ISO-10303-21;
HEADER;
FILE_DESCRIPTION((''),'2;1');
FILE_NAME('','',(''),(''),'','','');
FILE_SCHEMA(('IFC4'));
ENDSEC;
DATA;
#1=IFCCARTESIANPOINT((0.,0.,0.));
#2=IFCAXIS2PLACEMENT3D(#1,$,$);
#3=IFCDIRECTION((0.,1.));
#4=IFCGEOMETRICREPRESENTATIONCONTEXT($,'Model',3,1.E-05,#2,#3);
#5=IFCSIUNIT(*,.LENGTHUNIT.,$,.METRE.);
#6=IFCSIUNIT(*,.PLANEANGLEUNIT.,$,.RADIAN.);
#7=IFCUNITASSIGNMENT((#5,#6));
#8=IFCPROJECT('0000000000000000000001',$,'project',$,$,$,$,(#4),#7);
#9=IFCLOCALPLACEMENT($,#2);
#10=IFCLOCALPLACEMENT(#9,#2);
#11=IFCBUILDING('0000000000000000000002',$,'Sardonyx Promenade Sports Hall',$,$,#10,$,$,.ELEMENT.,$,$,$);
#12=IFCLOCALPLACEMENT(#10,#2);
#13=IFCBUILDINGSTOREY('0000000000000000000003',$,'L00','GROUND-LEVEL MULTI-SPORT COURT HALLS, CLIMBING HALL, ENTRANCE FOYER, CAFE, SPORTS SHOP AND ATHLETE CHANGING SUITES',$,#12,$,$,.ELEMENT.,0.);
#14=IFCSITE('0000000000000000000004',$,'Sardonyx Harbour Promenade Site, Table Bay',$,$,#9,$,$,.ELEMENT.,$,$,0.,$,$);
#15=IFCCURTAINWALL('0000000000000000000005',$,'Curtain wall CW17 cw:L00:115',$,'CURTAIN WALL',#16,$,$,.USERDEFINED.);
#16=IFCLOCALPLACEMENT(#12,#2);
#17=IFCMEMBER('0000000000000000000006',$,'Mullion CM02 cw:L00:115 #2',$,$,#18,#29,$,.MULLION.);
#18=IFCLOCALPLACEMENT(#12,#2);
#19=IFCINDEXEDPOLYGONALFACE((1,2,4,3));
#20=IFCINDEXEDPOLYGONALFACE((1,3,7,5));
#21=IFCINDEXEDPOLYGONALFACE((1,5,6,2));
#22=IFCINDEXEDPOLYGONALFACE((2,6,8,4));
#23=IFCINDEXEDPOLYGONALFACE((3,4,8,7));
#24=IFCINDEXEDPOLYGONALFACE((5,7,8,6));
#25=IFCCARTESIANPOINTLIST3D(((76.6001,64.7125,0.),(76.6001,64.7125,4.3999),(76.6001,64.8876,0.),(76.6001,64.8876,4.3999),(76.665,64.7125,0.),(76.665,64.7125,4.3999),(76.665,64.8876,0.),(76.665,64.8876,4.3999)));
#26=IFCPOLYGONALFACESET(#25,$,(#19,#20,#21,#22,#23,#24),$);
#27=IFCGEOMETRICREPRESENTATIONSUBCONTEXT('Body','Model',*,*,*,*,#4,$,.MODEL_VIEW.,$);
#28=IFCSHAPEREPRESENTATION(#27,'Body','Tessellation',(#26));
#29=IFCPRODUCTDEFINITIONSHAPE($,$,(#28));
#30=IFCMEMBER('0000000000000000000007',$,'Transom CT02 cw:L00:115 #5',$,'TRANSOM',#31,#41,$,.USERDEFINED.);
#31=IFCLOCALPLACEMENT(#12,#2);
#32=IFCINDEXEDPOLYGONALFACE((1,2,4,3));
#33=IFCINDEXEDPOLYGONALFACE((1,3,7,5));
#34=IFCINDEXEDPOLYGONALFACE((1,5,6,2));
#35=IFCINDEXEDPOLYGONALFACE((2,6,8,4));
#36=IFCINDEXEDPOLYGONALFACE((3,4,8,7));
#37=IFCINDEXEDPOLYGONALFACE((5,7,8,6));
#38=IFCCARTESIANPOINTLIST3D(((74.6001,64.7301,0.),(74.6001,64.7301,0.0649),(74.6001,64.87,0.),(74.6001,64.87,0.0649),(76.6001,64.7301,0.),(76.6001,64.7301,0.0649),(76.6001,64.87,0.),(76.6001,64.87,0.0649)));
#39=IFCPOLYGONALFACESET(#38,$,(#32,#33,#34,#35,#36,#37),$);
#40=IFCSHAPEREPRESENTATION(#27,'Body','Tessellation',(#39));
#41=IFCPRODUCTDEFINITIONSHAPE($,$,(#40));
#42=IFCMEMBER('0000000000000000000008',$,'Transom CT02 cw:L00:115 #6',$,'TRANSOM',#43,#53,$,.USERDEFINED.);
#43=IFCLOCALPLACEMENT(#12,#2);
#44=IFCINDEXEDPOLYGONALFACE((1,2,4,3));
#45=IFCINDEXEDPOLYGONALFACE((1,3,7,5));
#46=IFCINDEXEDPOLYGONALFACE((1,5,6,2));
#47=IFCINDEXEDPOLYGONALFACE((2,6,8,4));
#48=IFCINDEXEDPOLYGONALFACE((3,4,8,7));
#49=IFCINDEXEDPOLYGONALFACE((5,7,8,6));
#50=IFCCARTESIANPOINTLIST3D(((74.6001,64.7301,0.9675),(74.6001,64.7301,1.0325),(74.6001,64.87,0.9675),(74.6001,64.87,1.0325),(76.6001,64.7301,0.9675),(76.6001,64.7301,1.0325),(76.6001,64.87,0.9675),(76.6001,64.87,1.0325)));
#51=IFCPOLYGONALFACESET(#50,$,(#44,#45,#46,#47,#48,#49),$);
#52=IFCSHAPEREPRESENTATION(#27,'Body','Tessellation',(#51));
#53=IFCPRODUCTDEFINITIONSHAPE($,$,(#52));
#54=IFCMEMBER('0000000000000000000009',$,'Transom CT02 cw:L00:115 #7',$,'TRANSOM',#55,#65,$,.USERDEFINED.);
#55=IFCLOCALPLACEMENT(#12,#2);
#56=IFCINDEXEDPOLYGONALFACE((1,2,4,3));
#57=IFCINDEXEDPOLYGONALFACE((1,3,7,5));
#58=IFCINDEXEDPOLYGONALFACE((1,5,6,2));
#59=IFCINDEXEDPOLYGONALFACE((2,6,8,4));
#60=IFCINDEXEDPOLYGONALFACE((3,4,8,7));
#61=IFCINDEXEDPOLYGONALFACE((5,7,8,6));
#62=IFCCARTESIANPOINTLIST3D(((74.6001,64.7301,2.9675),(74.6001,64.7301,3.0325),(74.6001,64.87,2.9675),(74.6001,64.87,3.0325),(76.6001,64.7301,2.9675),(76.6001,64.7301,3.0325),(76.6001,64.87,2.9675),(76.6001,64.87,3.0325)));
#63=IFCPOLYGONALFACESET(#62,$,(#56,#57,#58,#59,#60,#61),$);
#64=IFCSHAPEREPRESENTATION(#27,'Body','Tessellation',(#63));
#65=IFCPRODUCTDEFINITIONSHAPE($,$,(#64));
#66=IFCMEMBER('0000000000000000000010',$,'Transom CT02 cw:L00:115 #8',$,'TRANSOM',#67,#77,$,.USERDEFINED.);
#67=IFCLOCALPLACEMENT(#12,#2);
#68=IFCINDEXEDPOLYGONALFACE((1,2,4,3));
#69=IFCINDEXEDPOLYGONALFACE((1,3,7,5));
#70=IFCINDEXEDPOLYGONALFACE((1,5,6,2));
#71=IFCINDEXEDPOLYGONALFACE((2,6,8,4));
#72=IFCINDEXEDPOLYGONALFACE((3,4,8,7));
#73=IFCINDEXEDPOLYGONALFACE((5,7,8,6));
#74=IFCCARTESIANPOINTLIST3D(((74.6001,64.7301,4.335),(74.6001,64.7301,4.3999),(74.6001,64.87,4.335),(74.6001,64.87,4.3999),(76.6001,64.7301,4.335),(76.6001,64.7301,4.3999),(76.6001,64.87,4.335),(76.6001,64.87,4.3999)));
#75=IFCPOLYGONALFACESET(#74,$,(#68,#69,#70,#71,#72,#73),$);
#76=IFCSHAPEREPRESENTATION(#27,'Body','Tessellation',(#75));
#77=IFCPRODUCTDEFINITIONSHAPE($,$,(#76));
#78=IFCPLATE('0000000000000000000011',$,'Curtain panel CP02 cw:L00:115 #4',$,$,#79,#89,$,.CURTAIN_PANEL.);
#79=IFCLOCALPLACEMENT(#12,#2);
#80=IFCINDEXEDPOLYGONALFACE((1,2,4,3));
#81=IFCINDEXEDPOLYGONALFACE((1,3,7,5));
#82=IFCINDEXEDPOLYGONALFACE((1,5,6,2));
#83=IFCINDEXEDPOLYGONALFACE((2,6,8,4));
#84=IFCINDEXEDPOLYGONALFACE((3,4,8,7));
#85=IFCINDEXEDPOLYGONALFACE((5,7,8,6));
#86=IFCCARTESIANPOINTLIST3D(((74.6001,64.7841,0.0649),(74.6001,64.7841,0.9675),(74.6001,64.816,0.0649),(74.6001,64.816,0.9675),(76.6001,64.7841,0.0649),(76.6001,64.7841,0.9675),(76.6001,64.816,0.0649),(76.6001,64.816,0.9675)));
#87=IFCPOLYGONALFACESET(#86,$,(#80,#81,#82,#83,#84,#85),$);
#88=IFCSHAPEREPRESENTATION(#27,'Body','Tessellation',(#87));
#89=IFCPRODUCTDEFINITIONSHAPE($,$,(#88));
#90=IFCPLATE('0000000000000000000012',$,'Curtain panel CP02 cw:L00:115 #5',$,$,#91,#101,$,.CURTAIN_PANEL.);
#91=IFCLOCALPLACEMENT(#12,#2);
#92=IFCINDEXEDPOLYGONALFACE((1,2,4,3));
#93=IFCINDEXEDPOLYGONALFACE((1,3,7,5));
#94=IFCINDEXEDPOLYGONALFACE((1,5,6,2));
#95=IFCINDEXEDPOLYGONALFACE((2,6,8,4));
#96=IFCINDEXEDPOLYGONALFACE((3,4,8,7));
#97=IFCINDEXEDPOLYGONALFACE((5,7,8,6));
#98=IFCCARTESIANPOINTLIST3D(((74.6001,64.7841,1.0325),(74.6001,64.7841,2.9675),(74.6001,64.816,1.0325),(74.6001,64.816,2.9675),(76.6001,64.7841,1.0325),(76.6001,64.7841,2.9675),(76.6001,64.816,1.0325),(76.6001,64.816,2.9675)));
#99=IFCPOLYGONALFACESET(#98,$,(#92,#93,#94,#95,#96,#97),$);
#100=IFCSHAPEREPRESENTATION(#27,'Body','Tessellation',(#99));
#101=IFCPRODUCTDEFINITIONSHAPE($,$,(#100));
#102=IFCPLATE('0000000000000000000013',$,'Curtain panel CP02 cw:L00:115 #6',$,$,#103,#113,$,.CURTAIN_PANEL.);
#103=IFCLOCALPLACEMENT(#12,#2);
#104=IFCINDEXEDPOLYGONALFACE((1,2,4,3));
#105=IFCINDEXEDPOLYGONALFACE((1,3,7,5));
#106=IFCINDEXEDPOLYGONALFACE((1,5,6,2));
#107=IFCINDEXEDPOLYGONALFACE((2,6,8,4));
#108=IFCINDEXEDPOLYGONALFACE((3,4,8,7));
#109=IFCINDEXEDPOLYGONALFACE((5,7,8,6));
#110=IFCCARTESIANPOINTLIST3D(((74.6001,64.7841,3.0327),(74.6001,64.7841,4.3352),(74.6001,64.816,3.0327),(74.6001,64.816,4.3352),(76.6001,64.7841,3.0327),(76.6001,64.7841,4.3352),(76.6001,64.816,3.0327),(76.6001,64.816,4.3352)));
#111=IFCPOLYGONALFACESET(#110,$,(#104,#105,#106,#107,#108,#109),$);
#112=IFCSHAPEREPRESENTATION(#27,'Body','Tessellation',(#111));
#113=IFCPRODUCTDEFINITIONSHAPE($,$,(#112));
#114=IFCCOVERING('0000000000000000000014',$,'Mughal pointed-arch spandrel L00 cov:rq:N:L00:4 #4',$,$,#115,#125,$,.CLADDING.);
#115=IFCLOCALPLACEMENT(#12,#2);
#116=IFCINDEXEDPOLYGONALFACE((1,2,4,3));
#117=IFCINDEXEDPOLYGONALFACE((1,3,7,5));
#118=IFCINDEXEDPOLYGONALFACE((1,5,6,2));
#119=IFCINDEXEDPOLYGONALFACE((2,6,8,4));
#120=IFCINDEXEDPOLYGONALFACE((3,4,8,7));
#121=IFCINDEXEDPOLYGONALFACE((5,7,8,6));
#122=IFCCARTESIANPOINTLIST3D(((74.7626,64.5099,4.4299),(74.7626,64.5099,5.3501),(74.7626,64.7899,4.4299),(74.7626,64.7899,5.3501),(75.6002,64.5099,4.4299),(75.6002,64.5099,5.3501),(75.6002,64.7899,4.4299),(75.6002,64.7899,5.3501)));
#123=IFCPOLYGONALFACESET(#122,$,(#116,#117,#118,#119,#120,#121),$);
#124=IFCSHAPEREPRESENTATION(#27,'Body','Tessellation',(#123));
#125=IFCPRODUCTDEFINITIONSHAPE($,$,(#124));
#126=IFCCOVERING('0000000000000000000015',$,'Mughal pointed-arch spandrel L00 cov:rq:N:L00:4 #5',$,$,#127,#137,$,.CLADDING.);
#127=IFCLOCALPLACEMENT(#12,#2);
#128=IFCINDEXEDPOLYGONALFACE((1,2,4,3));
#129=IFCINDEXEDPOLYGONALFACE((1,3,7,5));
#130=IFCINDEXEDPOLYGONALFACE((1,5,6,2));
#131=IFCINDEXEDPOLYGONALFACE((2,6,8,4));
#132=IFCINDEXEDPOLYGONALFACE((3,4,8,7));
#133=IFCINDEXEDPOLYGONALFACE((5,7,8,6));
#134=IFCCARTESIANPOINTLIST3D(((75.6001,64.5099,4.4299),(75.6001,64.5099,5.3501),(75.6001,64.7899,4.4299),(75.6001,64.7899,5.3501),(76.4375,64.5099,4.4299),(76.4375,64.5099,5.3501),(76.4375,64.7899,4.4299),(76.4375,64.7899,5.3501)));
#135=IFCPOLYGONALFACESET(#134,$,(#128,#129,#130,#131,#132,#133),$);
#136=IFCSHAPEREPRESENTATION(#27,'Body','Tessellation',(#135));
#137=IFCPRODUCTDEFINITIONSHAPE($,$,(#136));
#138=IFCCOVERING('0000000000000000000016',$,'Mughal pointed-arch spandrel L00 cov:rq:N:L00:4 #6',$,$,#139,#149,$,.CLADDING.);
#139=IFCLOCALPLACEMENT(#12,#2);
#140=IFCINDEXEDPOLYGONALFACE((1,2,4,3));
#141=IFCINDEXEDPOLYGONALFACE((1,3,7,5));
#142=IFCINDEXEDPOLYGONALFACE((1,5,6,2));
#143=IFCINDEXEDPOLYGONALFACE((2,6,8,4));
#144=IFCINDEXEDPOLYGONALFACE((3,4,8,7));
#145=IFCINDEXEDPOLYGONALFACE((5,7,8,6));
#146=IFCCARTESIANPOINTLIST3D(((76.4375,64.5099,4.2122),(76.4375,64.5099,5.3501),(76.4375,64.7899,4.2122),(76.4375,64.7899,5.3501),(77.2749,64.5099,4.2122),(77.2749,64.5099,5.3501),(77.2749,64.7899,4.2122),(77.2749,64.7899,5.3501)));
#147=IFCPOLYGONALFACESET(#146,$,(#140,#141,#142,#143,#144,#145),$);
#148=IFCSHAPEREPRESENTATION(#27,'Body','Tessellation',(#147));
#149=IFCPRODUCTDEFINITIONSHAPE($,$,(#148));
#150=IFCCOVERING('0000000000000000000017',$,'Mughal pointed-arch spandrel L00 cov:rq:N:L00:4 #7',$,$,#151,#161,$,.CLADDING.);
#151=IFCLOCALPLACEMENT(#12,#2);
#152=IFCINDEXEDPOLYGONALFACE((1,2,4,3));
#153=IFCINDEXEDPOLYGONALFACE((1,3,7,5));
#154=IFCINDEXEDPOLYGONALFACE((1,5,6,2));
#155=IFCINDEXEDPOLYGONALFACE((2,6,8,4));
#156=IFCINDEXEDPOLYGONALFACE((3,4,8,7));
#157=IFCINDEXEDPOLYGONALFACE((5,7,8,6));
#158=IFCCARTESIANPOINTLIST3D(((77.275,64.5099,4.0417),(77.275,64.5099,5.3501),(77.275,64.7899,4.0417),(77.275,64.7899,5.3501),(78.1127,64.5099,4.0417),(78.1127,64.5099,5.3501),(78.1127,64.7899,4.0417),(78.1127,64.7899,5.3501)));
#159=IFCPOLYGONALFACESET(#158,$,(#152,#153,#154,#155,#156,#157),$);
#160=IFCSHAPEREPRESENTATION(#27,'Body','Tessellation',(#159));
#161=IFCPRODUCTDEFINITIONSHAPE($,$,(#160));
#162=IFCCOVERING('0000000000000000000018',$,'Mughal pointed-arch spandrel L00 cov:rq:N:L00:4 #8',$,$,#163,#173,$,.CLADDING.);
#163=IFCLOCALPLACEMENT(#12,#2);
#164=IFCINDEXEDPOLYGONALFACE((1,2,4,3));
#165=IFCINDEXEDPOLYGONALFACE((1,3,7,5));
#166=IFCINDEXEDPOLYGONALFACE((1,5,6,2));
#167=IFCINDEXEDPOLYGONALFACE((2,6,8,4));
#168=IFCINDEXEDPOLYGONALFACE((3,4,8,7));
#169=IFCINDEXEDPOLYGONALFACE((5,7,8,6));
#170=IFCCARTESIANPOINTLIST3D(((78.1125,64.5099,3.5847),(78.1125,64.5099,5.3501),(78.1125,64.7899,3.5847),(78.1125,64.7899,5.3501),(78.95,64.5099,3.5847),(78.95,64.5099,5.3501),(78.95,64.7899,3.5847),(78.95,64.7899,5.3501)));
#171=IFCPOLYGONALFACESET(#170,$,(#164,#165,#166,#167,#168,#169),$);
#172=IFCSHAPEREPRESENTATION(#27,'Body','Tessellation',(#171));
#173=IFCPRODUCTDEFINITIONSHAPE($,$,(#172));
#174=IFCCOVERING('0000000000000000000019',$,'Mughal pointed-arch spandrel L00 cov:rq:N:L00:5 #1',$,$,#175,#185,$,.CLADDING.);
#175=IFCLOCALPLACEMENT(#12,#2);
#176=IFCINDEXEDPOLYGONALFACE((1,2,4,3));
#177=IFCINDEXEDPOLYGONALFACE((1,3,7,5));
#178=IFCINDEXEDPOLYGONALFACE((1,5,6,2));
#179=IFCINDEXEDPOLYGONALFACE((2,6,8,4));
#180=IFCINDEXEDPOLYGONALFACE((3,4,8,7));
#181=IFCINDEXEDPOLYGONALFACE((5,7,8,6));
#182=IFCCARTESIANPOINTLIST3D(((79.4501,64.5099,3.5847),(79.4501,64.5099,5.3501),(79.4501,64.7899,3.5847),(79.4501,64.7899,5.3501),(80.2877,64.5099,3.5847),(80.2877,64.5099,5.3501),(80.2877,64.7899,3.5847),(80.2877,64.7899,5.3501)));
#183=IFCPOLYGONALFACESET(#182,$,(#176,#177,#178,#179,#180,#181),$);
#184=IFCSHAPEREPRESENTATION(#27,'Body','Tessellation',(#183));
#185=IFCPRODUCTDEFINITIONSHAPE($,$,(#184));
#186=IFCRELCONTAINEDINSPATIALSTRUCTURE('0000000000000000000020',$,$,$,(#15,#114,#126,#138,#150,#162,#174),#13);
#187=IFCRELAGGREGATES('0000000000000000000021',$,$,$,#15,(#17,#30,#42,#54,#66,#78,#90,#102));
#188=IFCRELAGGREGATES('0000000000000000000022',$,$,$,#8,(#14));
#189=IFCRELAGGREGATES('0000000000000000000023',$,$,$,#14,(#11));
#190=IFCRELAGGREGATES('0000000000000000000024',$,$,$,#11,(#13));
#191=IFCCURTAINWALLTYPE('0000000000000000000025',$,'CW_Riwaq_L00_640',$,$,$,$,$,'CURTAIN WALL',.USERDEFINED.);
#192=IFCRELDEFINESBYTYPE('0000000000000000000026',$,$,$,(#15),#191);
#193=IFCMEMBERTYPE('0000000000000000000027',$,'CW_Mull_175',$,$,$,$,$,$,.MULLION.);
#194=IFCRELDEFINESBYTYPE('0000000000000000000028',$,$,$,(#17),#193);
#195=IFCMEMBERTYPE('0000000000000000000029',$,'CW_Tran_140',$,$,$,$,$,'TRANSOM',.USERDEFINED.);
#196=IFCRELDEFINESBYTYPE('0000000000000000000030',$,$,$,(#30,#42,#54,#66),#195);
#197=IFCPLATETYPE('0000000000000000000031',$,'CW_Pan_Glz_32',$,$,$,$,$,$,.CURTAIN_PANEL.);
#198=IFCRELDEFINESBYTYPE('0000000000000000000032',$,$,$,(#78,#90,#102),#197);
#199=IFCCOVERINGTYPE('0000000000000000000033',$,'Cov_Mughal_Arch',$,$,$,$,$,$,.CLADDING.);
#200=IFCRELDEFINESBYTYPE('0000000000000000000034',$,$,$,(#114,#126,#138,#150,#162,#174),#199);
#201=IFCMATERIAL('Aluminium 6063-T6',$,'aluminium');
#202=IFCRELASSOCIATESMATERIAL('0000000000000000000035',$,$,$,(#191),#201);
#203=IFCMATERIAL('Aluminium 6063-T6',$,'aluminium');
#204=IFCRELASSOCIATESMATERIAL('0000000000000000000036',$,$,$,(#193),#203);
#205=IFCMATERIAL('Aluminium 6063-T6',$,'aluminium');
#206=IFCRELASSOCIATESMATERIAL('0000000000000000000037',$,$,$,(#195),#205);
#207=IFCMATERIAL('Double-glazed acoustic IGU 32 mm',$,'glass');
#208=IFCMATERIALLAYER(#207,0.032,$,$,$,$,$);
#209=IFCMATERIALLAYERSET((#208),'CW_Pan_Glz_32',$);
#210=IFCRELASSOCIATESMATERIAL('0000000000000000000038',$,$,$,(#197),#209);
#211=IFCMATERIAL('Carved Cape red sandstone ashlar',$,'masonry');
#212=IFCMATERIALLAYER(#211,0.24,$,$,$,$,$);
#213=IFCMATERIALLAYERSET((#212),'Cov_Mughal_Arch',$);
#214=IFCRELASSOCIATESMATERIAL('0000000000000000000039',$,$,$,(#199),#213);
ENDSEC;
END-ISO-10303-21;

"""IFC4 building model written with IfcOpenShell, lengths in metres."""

from ifc_helpers import new_model, si_unit, direction, frame, frame_2d, origin, origin_2d, place, context, subcontext, project, spatial, rectangle, extrude, material, layer, layer_set, material_profile, profile_set, type_object, element, aggregate, save


model = new_model("IFC4")

# Units and contexts
model_context = context("Model", 3, precision=1e-05, world=origin(), true_north=direction((0.0, 1.0)))
body_context = subcontext(model_context, "Body", "Model", "MODEL_VIEW")
ifc_project = project(units=[si_unit("LENGTHUNIT", "METRE"), si_unit("PLANEANGLEUNIT", "RADIAN")], contexts=[model_context])

# Site, building, storey
site_placement = place(None, origin())
site = spatial("IfcSite", under=ifc_project, at=site_placement, Name="Sardonyx Harbour Promenade Site, Table Bay", CompositionType="ELEMENT", RefElevation=0.0)
building_placement = place(site_placement, origin())
building = spatial("IfcBuilding", under=site, at=building_placement, Name="Sardonyx Promenade Sports Hall", CompositionType="ELEMENT")
storey_placement = place(building_placement, origin())
storey = spatial("IfcBuildingStorey", under=building, at=storey_placement, Name="L00", Description="GROUND-LEVEL MULTI-SPORT COURT HALLS, CLIMBING HALL, ENTRANCE FOYER, CAFE, SPORTS SHOP AND ATHLETE CHANGING SUITES", CompositionType="ELEMENT", Elevation=0.0)

# Curtain wall, members, plates
ifc_material_1 = material(Name="Aluminium 6063-T6", Category="aluminium")
curtain_wall_type = type_object("IfcCurtainWallType", Name="CW_Riwaq_L00_640", ElementType="CURTAIN WALL", PredefinedType="USERDEFINED", material=ifc_material_1)
curtain_wall_placement = place(storey_placement, origin())
curtain_wall = element("IfcCurtainWall", 1, at=curtain_wall_placement, inside=storey, type_object=curtain_wall_type, Name="Curtain wall CW17 cw:L00:115", ObjectType="CURTAIN WALL", PredefinedType="USERDEFINED")
ifc_material_2 = material(Name="Aluminium 6063-T6", Category="aluminium")
ifc_material_profile_1 = material_profile(ifc_material_2, rectangle(XDim=0.0649, YDim=0.175, at=origin_2d()))
ifc_profile_set_1 = profile_set([ifc_material_profile_1], Name="Aluminium 6063-T6")
member_type_1 = type_object("IfcMemberType", Name="CW_Mull_175", PredefinedType="MULLION", material=ifc_profile_set_1)
member_1_placement = place(storey_placement, frame((76.6326, 64.8, 0.0), z_axis=(0.0, 0.0, 1.0), x_axis=(-1.0, 0.0, 0.0)))
member_1 = element("IfcMember", 2, at=member_1_placement, type_object=member_type_1, Name="Mullion CM02 cw:L00:115 #2", PredefinedType="MULLION", context=body_context, shape_type="SweptSolid", body=[
    extrude(rectangle(XDim=0.0649, YDim=0.175, at=origin_2d()), origin(), (0.0, 0.0, 1.0), 4.3999),
])
ifc_material_3 = material(Name="Aluminium 6063-T6", Category="aluminium")
ifc_material_profile_2 = material_profile(ifc_material_3, rectangle(XDim=0.0649, YDim=0.1399, at=origin_2d()))
ifc_profile_set_2 = profile_set([ifc_material_profile_2], Name="Aluminium 6063-T6")
member_type_2 = type_object("IfcMemberType", Name="CW_Tran_140", ElementType="TRANSOM", PredefinedType="USERDEFINED", material=ifc_profile_set_2)
member_2_placement = place(storey_placement, frame((76.6001, 64.8, 0.0325), z_axis=(-1.0, 0.0, 0.0), x_axis=(0.0, 0.0, 1.0)))
member_2 = element("IfcMember", 3, at=member_2_placement, type_object=member_type_2, Name="Transom CT02 cw:L00:115 #5", ObjectType="TRANSOM", PredefinedType="USERDEFINED", context=body_context, shape_type="SweptSolid", body=[
    extrude(rectangle(XDim=0.0649, YDim=0.1399, at=origin_2d()), origin(), (0.0, 0.0, 1.0), 2.0),
])
member_3_placement = place(storey_placement, frame((76.6001, 64.8, 1.0), z_axis=(-1.0, 0.0, 0.0), x_axis=(0.0, 0.0, 1.0)))
member_3 = element("IfcMember", 4, at=member_3_placement, type_object=member_type_2, Name="Transom CT02 cw:L00:115 #6", ObjectType="TRANSOM", PredefinedType="USERDEFINED", context=body_context, shape_type="SweptSolid", body=[
    extrude(rectangle(XDim=0.0649, YDim=0.1399, at=origin_2d()), origin(), (0.0, 0.0, 1.0), 2.0),
])
member_4_placement = place(storey_placement, frame((76.6001, 64.8, 3.0), z_axis=(-1.0, 0.0, 0.0), x_axis=(0.0, 0.0, 1.0)))
member_4 = element("IfcMember", 5, at=member_4_placement, type_object=member_type_2, Name="Transom CT02 cw:L00:115 #7", ObjectType="TRANSOM", PredefinedType="USERDEFINED", context=body_context, shape_type="SweptSolid", body=[
    extrude(rectangle(XDim=0.0649, YDim=0.1399, at=origin_2d()), origin(), (0.0, 0.0, 1.0), 2.0),
])
member_5_placement = place(storey_placement, frame((76.6001, 64.8, 4.3674), z_axis=(-1.0, 0.0, 0.0), x_axis=(0.0, 0.0, 1.0)))
member_5 = element("IfcMember", 6, at=member_5_placement, type_object=member_type_2, Name="Transom CT02 cw:L00:115 #8", ObjectType="TRANSOM", PredefinedType="USERDEFINED", context=body_context, shape_type="SweptSolid", body=[
    extrude(rectangle(XDim=0.0649, YDim=0.1399, at=origin_2d()), origin(), (0.0, 0.0, 1.0), 2.0),
])
ifc_material_4 = material(Name="Double-glazed acoustic IGU 32 mm", Category="glass")
ifc_layer_1 = layer(ifc_material_4, 0.032)
ifc_layer_set_1 = layer_set([ifc_layer_1], Name="CW_Pan_Glz_32")
plate_type = type_object("IfcPlateType", Name="CW_Pan_Glz_32", PredefinedType="CURTAIN_PANEL", material=ifc_layer_set_1)
plate_1_placement = place(storey_placement, frame((75.6001, 64.8, 0.0649), z_axis=(0.0, 0.0, 1.0), x_axis=(-1.0, 0.0, 0.0)))
plate_1 = element("IfcPlate", 7, at=plate_1_placement, type_object=plate_type, Name="Curtain panel CP02 cw:L00:115 #4", PredefinedType="CURTAIN_PANEL", context=body_context, shape_type="SweptSolid", body=[
    extrude(rectangle(XDim=2.0, YDim=0.032, at=origin_2d()), origin(), (0.0, 0.0, 1.0), 0.9026),
])
plate_2_placement = place(storey_placement, frame((75.6001, 64.8, 1.0325), z_axis=(0.0, 0.0, 1.0), x_axis=(-1.0, 0.0, 0.0)))
plate_2 = element("IfcPlate", 8, at=plate_2_placement, type_object=plate_type, Name="Curtain panel CP02 cw:L00:115 #5", PredefinedType="CURTAIN_PANEL", context=body_context, shape_type="SweptSolid", body=[
    extrude(rectangle(XDim=2.0, YDim=0.032, at=origin_2d()), origin(), (0.0, 0.0, 1.0), 1.9351),
])
plate_3_placement = place(storey_placement, frame((75.6001, 64.8, 3.0327), z_axis=(0.0, 0.0, 1.0), x_axis=(-1.0, 0.0, 0.0)))
plate_3 = element("IfcPlate", 9, at=plate_3_placement, type_object=plate_type, Name="Curtain panel CP02 cw:L00:115 #6", PredefinedType="CURTAIN_PANEL", context=body_context, shape_type="SweptSolid", body=[
    extrude(rectangle(XDim=2.0, YDim=0.032, at=origin_2d()), origin(), (0.0, 0.0, 1.0), 1.3025),
])
aggregate(curtain_wall, [member_1, member_2, member_3, member_4, member_5, plate_1, plate_2, plate_3])

# Coverings
ifc_material_5 = material(Name="Carved Cape red sandstone ashlar", Category="masonry")
ifc_layer_2 = layer(ifc_material_5, 0.24)
ifc_layer_set_2 = layer_set([ifc_layer_2], Name="Cov_Mughal_Arch")
covering_type = type_object("IfcCoveringType", Name="Cov_Mughal_Arch", PredefinedType="CLADDING", material=ifc_layer_set_2)
covering_1_placement = place(storey_placement, frame((74.7625, 64.6499, 4.4299), z_axis=(0.0, 0.0, 1.0), x_axis=(1.0, 0.0, 0.0)))
element("IfcCovering", 10, at=covering_1_placement, inside=storey, type_object=covering_type, Name="Mughal pointed-arch spandrel L00 cov:rq:N:L00:4 #4", PredefinedType="CLADDING", context=body_context, shape_type="SweptSolid", body=[
    extrude(rectangle(XDim=0.8376, YDim=0.28, at=frame_2d((0.4189, 0.0))), origin(), (0.0, 0.0, 1.0), 0.9202),
])
covering_2_placement = place(storey_placement, frame((75.6001, 64.6499, 4.4299), z_axis=(0.0, 0.0, 1.0), x_axis=(1.0, 0.0, 0.0)))
element("IfcCovering", 11, at=covering_2_placement, inside=storey, type_object=covering_type, Name="Mughal pointed-arch spandrel L00 cov:rq:N:L00:4 #5", PredefinedType="CLADDING", context=body_context, shape_type="SweptSolid", body=[
    extrude(rectangle(XDim=0.8374, YDim=0.28, at=frame_2d((0.4187, 0.0))), origin(), (0.0, 0.0, 1.0), 0.9202),
])
covering_3_placement = place(storey_placement, frame((76.4375, 64.6499, 4.2122), z_axis=(0.0, 0.0, 1.0), x_axis=(1.0, 0.0, 0.0)))
element("IfcCovering", 12, at=covering_3_placement, inside=storey, type_object=covering_type, Name="Mughal pointed-arch spandrel L00 cov:rq:N:L00:4 #6", PredefinedType="CLADDING", context=body_context, shape_type="SweptSolid", body=[
    extrude(rectangle(XDim=0.8374, YDim=0.28, at=frame_2d((0.4187, 0.0))), origin(), (0.0, 0.0, 1.0), 1.1379),
])
covering_4_placement = place(storey_placement, frame((77.2749, 64.6499, 4.0417), z_axis=(0.0, 0.0, 1.0), x_axis=(1.0, 0.0, 0.0)))
element("IfcCovering", 13, at=covering_4_placement, inside=storey, type_object=covering_type, Name="Mughal pointed-arch spandrel L00 cov:rq:N:L00:4 #7", PredefinedType="CLADDING", context=body_context, shape_type="SweptSolid", body=[
    extrude(rectangle(XDim=0.8376, YDim=0.28, at=frame_2d((0.4189, 0.0))), origin(), (0.0, 0.0, 1.0), 1.3083),
])
covering_5_placement = place(storey_placement, frame((78.1125, 64.6499, 3.5847), z_axis=(0.0, 0.0, 1.0), x_axis=(1.0, 0.0, 0.0)))
element("IfcCovering", 14, at=covering_5_placement, inside=storey, type_object=covering_type, Name="Mughal pointed-arch spandrel L00 cov:rq:N:L00:4 #8", PredefinedType="CLADDING", context=body_context, shape_type="SweptSolid", body=[
    extrude(rectangle(XDim=0.8374, YDim=0.28, at=frame_2d((0.4187, 0.0))), origin(), (0.0, 0.0, 1.0), 1.7654),
])
covering_6_placement = place(storey_placement, frame((79.45, 64.6499, 3.5847), z_axis=(0.0, 0.0, 1.0), x_axis=(1.0, 0.0, 0.0)))
element("IfcCovering", 15, at=covering_6_placement, inside=storey, type_object=covering_type, Name="Mughal pointed-arch spandrel L00 cov:rq:N:L00:5 #1", PredefinedType="CLADDING", context=body_context, shape_type="SweptSolid", body=[
    extrude(rectangle(XDim=0.8376, YDim=0.28, at=frame_2d((0.4189, 0.0))), origin(), (0.0, 0.0, 1.0), 1.7654),
])

save(model, "model.ifc")
